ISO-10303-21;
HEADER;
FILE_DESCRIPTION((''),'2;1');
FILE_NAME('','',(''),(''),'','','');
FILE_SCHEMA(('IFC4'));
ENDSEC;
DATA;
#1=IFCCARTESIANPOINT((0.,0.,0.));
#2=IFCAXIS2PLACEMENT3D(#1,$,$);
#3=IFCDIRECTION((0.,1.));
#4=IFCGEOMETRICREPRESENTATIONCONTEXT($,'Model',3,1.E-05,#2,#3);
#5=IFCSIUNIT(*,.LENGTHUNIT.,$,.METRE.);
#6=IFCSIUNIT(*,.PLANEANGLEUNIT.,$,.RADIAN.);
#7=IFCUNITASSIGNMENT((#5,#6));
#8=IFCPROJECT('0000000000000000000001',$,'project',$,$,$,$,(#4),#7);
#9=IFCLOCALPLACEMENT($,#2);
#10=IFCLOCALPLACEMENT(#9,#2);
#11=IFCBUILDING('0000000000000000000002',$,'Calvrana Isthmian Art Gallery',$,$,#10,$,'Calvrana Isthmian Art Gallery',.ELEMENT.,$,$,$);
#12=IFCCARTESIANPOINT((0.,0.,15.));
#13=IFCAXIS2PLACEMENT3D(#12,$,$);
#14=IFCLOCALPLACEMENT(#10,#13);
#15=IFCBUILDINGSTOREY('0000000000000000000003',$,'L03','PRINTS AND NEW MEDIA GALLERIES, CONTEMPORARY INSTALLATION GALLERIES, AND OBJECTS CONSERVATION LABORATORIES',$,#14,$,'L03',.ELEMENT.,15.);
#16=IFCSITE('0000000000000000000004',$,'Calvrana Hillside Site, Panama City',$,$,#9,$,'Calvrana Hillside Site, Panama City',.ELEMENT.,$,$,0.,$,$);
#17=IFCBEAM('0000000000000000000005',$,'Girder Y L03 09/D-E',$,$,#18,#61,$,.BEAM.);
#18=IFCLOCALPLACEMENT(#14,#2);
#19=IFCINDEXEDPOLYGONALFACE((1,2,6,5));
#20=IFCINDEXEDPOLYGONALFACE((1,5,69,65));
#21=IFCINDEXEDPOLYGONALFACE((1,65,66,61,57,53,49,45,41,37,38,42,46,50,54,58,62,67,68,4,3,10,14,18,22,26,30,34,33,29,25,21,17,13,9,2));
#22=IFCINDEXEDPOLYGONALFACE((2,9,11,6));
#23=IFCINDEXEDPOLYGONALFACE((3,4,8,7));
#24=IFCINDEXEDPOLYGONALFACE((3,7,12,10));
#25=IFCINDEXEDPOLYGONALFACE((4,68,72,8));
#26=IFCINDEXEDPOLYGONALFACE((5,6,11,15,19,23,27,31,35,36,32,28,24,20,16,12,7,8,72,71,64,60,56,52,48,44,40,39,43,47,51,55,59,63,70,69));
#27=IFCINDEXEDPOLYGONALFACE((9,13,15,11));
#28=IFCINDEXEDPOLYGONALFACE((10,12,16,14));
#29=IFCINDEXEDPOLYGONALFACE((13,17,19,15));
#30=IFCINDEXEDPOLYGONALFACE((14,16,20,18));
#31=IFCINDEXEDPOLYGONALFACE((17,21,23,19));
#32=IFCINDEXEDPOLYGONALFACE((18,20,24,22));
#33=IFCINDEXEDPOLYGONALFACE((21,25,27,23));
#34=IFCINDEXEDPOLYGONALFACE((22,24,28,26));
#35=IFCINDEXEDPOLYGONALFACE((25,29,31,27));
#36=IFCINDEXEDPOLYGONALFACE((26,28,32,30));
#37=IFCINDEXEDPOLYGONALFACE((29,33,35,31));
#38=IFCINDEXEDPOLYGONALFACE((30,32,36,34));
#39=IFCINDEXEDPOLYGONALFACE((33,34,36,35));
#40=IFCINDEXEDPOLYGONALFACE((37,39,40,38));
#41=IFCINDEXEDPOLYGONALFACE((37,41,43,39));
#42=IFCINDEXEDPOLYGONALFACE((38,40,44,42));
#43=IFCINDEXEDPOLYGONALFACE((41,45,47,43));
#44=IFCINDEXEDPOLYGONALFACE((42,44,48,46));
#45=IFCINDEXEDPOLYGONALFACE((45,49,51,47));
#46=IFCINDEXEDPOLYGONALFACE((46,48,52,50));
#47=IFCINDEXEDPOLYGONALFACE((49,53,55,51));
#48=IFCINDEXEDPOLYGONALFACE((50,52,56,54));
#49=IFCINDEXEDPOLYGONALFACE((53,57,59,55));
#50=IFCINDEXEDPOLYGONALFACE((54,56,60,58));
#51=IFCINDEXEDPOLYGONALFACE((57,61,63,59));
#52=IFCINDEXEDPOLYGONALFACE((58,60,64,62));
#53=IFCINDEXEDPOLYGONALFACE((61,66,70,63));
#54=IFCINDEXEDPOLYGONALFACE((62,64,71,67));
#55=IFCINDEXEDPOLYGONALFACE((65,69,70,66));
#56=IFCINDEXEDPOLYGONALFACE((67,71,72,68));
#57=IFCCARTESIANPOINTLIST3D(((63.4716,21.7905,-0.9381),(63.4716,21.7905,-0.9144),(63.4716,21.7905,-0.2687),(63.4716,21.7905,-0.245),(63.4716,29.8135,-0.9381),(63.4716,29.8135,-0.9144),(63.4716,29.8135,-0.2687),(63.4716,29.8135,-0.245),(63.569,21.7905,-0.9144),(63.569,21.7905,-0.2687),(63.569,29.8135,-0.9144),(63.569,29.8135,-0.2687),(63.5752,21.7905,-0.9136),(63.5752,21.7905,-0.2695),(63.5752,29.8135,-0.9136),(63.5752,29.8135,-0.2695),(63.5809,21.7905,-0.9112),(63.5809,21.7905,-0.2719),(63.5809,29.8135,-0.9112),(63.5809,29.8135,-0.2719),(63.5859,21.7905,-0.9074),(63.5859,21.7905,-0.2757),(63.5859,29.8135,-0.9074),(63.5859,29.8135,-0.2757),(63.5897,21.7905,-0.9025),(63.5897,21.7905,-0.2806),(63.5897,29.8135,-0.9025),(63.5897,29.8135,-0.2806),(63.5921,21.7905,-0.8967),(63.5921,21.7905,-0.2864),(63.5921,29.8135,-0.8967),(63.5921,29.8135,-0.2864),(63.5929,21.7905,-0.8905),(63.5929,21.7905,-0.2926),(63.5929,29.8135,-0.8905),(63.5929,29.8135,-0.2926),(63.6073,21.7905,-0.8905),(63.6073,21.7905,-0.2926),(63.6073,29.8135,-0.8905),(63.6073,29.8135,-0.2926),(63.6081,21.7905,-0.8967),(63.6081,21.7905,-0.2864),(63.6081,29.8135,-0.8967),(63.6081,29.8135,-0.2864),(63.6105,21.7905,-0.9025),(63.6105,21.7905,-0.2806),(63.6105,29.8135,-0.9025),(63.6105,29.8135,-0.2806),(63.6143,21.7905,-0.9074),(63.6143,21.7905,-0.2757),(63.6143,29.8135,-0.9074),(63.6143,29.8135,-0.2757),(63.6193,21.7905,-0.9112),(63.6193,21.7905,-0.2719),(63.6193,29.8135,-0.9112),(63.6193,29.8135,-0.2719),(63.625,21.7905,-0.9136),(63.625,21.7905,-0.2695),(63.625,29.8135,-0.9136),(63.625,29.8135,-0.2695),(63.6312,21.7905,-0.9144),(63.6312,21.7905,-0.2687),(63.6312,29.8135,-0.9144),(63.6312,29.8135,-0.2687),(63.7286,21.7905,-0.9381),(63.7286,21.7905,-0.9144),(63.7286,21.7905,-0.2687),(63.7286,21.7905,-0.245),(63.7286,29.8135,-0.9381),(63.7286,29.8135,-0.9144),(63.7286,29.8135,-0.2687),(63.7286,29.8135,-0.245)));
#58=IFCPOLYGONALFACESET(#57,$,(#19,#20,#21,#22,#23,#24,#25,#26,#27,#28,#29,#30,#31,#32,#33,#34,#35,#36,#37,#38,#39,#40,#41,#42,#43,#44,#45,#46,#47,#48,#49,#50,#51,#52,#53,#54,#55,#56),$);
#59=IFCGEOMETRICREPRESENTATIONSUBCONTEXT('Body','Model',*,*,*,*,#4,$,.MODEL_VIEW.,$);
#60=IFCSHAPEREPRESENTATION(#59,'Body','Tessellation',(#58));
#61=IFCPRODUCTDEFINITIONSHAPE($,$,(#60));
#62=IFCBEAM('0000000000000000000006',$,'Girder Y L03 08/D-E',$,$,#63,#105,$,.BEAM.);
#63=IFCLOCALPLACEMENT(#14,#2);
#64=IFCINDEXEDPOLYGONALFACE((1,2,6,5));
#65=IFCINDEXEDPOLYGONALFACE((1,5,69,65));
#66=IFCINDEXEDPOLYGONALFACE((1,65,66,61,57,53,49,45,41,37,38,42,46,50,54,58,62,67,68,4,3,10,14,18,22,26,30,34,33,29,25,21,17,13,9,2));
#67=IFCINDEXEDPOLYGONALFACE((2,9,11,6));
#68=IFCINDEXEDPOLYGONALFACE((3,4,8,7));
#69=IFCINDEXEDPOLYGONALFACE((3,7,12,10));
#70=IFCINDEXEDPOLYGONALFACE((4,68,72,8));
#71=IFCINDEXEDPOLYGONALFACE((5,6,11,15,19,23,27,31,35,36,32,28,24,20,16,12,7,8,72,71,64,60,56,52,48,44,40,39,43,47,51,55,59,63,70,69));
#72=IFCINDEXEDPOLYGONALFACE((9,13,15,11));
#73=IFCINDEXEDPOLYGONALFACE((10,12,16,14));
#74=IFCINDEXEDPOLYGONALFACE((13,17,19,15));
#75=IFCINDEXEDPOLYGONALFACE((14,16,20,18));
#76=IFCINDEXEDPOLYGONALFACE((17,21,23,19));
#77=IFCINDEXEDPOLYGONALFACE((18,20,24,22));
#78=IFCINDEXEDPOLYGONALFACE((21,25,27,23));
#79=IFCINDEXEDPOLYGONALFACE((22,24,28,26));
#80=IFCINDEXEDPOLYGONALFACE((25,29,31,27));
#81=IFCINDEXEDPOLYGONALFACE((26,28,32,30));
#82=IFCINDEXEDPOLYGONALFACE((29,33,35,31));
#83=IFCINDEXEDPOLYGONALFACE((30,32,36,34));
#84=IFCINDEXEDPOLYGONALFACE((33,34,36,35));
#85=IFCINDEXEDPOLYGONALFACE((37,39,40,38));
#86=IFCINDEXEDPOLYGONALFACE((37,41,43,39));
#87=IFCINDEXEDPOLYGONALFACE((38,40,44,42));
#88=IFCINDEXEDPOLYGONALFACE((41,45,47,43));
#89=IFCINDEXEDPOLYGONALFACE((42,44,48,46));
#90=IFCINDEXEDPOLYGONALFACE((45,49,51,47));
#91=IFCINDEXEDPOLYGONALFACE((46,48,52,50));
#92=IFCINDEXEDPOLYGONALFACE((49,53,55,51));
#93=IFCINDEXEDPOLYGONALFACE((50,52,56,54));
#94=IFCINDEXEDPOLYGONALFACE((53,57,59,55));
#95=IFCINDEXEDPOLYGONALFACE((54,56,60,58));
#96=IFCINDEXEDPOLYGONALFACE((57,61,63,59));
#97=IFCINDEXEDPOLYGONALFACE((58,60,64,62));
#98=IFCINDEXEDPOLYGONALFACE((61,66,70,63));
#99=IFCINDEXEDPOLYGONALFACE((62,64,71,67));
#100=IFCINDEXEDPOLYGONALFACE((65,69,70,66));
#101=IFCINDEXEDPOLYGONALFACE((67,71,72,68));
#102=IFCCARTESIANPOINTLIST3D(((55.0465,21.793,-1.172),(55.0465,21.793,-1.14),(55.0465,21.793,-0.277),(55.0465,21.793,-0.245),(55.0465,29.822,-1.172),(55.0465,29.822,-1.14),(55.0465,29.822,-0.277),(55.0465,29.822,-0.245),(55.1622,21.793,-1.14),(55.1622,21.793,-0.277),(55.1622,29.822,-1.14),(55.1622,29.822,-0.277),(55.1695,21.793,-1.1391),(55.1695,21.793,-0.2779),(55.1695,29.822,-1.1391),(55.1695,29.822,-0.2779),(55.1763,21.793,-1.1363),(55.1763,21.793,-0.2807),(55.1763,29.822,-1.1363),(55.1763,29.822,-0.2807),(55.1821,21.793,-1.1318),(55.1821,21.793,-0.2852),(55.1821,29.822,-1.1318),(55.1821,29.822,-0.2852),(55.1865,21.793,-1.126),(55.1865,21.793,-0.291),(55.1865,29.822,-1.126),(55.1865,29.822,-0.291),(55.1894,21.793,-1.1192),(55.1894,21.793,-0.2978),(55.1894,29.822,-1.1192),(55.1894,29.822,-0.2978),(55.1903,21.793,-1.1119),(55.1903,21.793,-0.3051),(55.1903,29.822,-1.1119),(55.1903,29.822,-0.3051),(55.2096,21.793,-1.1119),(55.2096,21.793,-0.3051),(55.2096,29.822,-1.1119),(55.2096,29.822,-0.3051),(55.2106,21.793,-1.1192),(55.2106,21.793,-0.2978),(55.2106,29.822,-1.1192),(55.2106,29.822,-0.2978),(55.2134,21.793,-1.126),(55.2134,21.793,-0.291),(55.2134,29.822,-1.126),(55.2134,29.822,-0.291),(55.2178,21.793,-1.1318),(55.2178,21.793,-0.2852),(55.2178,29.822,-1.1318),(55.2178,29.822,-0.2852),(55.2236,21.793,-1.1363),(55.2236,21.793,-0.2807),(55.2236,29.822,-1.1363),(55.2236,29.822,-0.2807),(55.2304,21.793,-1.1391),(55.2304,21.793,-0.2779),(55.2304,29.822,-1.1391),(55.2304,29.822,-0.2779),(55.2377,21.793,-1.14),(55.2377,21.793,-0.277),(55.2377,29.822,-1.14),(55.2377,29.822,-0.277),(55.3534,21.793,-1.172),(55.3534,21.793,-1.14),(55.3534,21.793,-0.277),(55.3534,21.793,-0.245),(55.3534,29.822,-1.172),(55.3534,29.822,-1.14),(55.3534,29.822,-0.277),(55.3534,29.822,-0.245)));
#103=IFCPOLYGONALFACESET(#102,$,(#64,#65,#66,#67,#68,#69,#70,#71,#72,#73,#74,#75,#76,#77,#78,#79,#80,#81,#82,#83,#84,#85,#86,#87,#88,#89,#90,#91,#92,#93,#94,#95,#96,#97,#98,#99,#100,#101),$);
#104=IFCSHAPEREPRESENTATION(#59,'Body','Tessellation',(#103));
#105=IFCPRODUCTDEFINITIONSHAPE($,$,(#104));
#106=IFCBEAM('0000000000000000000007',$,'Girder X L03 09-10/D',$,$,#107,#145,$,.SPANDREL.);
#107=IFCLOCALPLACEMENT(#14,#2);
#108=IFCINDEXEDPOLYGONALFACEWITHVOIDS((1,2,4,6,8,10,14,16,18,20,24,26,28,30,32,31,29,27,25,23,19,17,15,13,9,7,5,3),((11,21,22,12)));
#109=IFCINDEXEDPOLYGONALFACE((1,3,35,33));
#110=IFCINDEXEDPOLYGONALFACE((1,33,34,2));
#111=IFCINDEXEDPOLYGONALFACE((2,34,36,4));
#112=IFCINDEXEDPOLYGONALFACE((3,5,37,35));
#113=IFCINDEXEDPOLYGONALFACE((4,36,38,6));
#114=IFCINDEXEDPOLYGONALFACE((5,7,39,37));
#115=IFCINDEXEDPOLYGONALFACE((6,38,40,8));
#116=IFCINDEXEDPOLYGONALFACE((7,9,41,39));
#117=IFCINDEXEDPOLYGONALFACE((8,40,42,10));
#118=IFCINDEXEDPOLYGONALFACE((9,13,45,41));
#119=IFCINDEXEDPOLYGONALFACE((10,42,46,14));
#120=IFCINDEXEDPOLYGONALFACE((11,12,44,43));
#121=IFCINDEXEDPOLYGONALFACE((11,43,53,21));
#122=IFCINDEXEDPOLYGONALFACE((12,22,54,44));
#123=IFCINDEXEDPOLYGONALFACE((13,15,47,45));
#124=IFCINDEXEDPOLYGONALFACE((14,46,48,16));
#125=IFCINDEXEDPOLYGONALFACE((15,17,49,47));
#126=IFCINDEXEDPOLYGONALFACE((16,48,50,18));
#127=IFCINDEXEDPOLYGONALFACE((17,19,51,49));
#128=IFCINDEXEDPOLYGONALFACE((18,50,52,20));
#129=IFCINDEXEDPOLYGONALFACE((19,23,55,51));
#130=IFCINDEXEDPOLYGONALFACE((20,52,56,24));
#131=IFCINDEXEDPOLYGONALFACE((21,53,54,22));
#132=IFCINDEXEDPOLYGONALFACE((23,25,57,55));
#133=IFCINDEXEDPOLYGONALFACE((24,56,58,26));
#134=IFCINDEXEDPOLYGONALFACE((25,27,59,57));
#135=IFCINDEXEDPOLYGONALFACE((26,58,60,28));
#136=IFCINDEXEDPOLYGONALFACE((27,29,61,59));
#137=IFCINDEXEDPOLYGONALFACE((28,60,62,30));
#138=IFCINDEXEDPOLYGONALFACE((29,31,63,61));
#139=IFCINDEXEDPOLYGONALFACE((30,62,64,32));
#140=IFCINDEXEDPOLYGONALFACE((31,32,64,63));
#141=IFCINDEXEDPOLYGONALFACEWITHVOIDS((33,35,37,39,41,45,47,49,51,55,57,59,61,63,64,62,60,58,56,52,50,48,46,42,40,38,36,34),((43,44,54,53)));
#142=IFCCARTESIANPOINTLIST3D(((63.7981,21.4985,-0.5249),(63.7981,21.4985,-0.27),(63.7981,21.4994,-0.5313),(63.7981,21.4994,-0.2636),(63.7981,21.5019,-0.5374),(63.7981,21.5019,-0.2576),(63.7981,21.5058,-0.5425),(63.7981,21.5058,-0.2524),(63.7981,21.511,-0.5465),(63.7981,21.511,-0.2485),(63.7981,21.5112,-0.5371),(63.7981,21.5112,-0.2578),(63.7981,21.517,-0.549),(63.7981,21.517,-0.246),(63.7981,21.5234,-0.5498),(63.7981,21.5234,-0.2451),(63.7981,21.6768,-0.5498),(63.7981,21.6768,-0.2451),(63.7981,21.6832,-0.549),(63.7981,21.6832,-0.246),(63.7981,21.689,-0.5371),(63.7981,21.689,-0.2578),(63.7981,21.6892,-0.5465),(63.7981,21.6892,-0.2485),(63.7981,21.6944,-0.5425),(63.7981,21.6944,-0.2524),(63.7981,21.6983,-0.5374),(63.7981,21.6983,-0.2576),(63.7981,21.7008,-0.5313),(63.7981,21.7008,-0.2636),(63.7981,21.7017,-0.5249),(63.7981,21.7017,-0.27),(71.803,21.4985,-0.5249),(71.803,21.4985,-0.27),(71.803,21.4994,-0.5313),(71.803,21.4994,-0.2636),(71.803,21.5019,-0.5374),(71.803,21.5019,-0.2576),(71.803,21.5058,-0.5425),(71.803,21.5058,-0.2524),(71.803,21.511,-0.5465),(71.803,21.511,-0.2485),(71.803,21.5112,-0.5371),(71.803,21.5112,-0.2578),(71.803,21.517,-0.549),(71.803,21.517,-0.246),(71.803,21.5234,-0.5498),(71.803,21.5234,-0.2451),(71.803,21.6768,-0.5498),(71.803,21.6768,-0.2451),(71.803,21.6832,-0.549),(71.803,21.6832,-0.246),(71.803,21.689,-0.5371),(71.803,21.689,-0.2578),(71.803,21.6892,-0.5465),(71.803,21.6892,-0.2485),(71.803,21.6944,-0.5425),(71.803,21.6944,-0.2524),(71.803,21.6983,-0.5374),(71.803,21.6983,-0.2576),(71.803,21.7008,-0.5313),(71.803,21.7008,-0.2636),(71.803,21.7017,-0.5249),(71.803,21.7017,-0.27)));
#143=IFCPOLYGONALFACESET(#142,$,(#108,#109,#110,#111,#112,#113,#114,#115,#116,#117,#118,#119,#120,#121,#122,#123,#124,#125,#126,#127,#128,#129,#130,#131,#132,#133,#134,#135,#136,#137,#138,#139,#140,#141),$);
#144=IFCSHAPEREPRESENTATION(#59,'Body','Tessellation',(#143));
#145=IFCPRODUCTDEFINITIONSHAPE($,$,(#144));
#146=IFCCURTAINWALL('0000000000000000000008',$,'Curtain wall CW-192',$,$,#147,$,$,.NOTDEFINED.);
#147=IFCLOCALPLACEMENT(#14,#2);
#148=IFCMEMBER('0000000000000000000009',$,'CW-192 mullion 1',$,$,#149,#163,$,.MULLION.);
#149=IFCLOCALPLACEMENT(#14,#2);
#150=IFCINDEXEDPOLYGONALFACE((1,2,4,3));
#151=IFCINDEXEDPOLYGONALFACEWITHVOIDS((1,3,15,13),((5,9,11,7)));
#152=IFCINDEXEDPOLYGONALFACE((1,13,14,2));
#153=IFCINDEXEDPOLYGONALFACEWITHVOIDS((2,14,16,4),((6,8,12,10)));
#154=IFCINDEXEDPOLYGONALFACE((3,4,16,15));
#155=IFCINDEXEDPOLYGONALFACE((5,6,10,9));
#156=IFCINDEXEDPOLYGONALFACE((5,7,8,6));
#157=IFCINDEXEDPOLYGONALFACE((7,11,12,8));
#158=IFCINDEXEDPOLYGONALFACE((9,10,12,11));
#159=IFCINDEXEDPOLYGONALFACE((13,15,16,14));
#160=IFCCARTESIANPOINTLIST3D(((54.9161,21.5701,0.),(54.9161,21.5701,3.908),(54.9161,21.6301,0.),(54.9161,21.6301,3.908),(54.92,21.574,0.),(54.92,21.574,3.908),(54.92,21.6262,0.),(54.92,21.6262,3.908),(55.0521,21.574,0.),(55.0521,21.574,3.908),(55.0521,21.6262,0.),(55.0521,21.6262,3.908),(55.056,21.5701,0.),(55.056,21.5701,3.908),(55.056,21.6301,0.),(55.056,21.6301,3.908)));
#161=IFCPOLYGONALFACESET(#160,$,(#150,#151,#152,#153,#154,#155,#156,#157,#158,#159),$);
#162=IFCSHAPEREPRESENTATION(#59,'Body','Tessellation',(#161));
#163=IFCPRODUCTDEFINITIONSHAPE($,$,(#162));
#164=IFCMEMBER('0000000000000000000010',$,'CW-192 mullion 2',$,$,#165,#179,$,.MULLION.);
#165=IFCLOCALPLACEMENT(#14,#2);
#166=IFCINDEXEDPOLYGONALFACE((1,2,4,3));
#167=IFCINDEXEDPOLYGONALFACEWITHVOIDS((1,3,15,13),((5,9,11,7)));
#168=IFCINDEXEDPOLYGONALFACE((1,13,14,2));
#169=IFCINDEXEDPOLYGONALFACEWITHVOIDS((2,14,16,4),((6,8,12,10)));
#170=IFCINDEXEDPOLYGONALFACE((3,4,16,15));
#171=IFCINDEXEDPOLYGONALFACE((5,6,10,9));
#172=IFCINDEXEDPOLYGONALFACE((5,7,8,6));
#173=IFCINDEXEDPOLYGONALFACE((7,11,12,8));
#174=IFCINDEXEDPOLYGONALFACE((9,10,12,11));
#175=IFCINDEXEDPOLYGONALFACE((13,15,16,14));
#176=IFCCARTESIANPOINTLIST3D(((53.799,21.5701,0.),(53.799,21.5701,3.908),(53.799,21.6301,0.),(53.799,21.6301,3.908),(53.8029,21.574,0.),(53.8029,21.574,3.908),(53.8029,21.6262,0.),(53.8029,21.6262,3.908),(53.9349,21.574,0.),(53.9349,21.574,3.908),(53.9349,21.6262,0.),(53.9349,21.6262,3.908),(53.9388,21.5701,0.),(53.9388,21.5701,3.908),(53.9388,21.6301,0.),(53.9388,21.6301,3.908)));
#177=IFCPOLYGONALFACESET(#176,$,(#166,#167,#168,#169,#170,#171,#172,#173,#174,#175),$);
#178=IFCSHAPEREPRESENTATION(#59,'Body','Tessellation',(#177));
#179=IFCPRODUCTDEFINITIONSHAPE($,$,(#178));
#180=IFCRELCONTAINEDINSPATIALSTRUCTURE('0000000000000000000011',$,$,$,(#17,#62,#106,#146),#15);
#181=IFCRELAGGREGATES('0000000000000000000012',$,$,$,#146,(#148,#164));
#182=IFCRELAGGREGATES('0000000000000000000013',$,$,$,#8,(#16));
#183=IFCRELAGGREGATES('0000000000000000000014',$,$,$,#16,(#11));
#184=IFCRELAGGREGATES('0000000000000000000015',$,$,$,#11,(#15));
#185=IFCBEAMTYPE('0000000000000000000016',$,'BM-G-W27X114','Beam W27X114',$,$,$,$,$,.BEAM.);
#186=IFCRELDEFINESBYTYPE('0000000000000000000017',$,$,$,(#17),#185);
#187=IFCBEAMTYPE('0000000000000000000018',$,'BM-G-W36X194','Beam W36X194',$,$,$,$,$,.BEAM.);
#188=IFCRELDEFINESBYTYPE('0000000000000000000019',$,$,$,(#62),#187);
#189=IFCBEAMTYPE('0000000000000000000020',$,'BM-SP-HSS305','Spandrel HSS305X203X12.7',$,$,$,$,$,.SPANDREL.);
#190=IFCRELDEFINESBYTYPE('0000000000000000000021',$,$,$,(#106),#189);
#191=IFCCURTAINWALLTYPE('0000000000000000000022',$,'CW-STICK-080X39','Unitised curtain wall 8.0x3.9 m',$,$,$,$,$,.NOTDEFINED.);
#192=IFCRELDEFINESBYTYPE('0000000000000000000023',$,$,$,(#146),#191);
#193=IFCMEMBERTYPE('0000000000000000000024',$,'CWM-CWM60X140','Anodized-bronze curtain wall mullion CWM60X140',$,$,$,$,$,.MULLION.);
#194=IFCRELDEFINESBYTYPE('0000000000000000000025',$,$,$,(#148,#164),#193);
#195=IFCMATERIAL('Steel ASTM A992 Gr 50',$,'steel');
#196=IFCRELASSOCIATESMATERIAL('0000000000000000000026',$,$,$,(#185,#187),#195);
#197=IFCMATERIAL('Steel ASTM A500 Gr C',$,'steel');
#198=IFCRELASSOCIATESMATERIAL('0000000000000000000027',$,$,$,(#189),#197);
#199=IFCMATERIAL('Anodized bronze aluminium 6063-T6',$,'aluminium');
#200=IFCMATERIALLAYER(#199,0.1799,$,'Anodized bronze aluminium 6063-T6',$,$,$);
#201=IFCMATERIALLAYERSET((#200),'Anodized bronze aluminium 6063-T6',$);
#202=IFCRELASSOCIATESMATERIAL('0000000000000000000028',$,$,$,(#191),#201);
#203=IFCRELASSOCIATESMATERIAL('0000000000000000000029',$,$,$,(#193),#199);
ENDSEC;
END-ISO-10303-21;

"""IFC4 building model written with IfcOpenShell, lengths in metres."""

from ifc_helpers import new_model, si_unit, direction, frame, origin, origin_2d, place, context, subcontext, project, spatial, hollow_rectangle, i_section, extrude, material, layer, layer_set, material_profile, profile_set, type_object, element, aggregate, save


model = new_model("IFC4")

# Units and contexts
model_context = context("Model", 3, precision=1e-05, world=origin(), true_north=direction((0.0, 1.0)))
body_context = subcontext(model_context, "Body", "Model", "MODEL_VIEW")
ifc_project = project(units=[si_unit("LENGTHUNIT", "METRE"), si_unit("PLANEANGLEUNIT", "RADIAN")], contexts=[model_context])

# Site, building, storey
site_placement = place(None, origin())
site = spatial("IfcSite", under=ifc_project, at=site_placement, Name="Calvrana Hillside Site, Panama City", LongName="Calvrana Hillside Site, Panama City", CompositionType="ELEMENT", RefElevation=0.0)
building_placement = place(site_placement, origin())
building = spatial("IfcBuilding", under=site, at=building_placement, Name="Calvrana Isthmian Art Gallery", LongName="Calvrana Isthmian Art Gallery", CompositionType="ELEMENT")
storey_placement = place(building_placement, frame((0.0, 0.0, 15.0)))
storey = spatial("IfcBuildingStorey", under=building, at=storey_placement, Name="L03", Description="PRINTS AND NEW MEDIA GALLERIES, CONTEMPORARY INSTALLATION GALLERIES, AND OBJECTS CONSERVATION LABORATORIES", LongName="L03", CompositionType="ELEMENT", Elevation=15.0)

# Shared definitions
ifc_material_1 = material(Name="Steel ASTM A992 Gr 50", Category="steel")

# Beams
ifc_material_profile_1 = material_profile(ifc_material_1, i_section(OverallWidth=0.2571, OverallDepth=0.6931, WebThickness=0.0144, FlangeThickness=0.0237, FilletRadius=0.0239, at=origin_2d()), Name="W27X114")
ifc_profile_set_1 = profile_set([ifc_material_profile_1], Name="Steel ASTM A992 Gr 50")
beam_type_1 = type_object("IfcBeamType", Name="BM-G-W27X114", Description="Beam W27X114", PredefinedType="BEAM", material=ifc_profile_set_1)
beam_1_placement = place(storey_placement, frame((63.6001, 21.7905, -0.5916), z_axis=(0.0, 1.0, 0.0), x_axis=(-1.0, 0.0, 0.0)))
element("IfcBeam", 1, at=beam_1_placement, inside=storey, type_object=beam_type_1, Name="Girder Y L03 09/D-E", PredefinedType="BEAM", context=body_context, shape_type="SweptSolid", body=[
    extrude(i_section(OverallWidth=0.2571, OverallDepth=0.6931, WebThickness=0.0144, FlangeThickness=0.0237, FilletRadius=0.0239, at=origin_2d()), origin(), (0.0, 0.0, 1.0), 8.0229),
])
ifc_material_profile_2 = material_profile(ifc_material_1, i_section(OverallWidth=0.3069, OverallDepth=0.927, WebThickness=0.0193, FlangeThickness=0.032, FilletRadius=0.0281, at=origin_2d()), Name="W36X194")
ifc_profile_set_2 = profile_set([ifc_material_profile_2], Name="Steel ASTM A992 Gr 50")
beam_type_2 = type_object("IfcBeamType", Name="BM-G-W36X194", Description="Beam W36X194", PredefinedType="BEAM", material=ifc_profile_set_2)
beam_2_placement = place(storey_placement, frame((55.2, 21.793, -0.7085), z_axis=(0.0, 1.0, 0.0), x_axis=(-1.0, 0.0, 0.0)))
element("IfcBeam", 2, at=beam_2_placement, inside=storey, type_object=beam_type_2, Name="Girder Y L03 08/D-E", PredefinedType="BEAM", context=body_context, shape_type="SweptSolid", body=[
    extrude(i_section(OverallWidth=0.3069, OverallDepth=0.927, WebThickness=0.0193, FlangeThickness=0.032, FilletRadius=0.0281, at=origin_2d()), origin(), (0.0, 0.0, 1.0), 8.0291),
])
ifc_material_2 = material(Name="Steel ASTM A500 Gr C", Category="steel")
ifc_material_profile_3 = material_profile(ifc_material_2, hollow_rectangle(XDim=0.2031, YDim=0.3047, WallThickness=0.0127, OuterFilletRadius=0.0249, at=origin_2d()), Name="HSS305X203X12.7")
ifc_profile_set_3 = profile_set([ifc_material_profile_3], Name="Steel ASTM A500 Gr C")
beam_type_3 = type_object("IfcBeamType", Name="BM-SP-HSS305", Description="Spandrel HSS305X203X12.7", PredefinedType="SPANDREL", material=ifc_profile_set_3)
beam_3_placement = place(storey_placement, frame((63.7981, 21.6001, -0.3975), z_axis=(1.0, 0.0, 0.0), x_axis=(0.0, 1.0, 0.0)))
element("IfcBeam", 3, at=beam_3_placement, inside=storey, type_object=beam_type_3, Name="Girder X L03 09-10/D", PredefinedType="SPANDREL", context=body_context, shape_type="SweptSolid", body=[
    extrude(hollow_rectangle(XDim=0.2031, YDim=0.3047, WallThickness=0.0127, OuterFilletRadius=0.0249, at=origin_2d()), origin(), (0.0, 0.0, 1.0), 8.0049),
])

# Curtain wall, members
ifc_material_3 = material(Name="Anodized bronze aluminium 6063-T6", Category="aluminium")
ifc_layer_1 = layer(ifc_material_3, 0.1799, Name="Anodized bronze aluminium 6063-T6")
ifc_layer_set_1 = layer_set([ifc_layer_1], Name="Anodized bronze aluminium 6063-T6")
curtain_wall_type = type_object("IfcCurtainWallType", Name="CW-STICK-080X39", Description="Unitised curtain wall 8.0x3.9 m", PredefinedType="NOTDEFINED", material=ifc_layer_set_1)
curtain_wall_placement = place(storey_placement, origin())
curtain_wall = element("IfcCurtainWall", 4, at=curtain_wall_placement, inside=storey, type_object=curtain_wall_type, Name="Curtain wall CW-192", PredefinedType="NOTDEFINED")
ifc_material_profile_4 = material_profile(ifc_material_3, hollow_rectangle(XDim=0.0601, YDim=0.1399, WallThickness=0.0039, at=origin_2d()), Name="CWM60X140")
ifc_profile_set_4 = profile_set([ifc_material_profile_4], Name="Anodized bronze aluminium 6063-T6")
member_type_1 = type_object("IfcMemberType", Name="CWM-CWM60X140", Description="Anodized-bronze curtain wall mullion CWM60X140", PredefinedType="MULLION", material=ifc_profile_set_4)
member_1_placement = place(storey_placement, frame((54.9861, 21.6001, 0.0), z_axis=(0.0, 0.0, 1.0), x_axis=(0.0, -1.0, 0.0)))
member_1 = element("IfcMember", 5, at=member_1_placement, type_object=member_type_1, Name="CW-192 mullion 1", PredefinedType="MULLION", context=body_context, shape_type="SweptSolid", body=[
    extrude(hollow_rectangle(XDim=0.0601, YDim=0.1399, WallThickness=0.0039, at=origin_2d()), origin(), (0.0, 0.0, 1.0), 3.908),
])
member_2_placement = place(storey_placement, frame((53.8689, 21.6001, 0.0), z_axis=(0.0, 0.0, 1.0), x_axis=(0.0, -1.0, 0.0)))
member_2 = element("IfcMember", 6, at=member_2_placement, type_object=member_type_1, Name="CW-192 mullion 2", PredefinedType="MULLION", context=body_context, shape_type="SweptSolid", body=[
    extrude(hollow_rectangle(XDim=0.0601, YDim=0.1399, WallThickness=0.0039, at=origin_2d()), origin(), (0.0, 0.0, 1.0), 3.908),
])
aggregate(curtain_wall, [member_1, member_2])

save(model, "model.ifc")
